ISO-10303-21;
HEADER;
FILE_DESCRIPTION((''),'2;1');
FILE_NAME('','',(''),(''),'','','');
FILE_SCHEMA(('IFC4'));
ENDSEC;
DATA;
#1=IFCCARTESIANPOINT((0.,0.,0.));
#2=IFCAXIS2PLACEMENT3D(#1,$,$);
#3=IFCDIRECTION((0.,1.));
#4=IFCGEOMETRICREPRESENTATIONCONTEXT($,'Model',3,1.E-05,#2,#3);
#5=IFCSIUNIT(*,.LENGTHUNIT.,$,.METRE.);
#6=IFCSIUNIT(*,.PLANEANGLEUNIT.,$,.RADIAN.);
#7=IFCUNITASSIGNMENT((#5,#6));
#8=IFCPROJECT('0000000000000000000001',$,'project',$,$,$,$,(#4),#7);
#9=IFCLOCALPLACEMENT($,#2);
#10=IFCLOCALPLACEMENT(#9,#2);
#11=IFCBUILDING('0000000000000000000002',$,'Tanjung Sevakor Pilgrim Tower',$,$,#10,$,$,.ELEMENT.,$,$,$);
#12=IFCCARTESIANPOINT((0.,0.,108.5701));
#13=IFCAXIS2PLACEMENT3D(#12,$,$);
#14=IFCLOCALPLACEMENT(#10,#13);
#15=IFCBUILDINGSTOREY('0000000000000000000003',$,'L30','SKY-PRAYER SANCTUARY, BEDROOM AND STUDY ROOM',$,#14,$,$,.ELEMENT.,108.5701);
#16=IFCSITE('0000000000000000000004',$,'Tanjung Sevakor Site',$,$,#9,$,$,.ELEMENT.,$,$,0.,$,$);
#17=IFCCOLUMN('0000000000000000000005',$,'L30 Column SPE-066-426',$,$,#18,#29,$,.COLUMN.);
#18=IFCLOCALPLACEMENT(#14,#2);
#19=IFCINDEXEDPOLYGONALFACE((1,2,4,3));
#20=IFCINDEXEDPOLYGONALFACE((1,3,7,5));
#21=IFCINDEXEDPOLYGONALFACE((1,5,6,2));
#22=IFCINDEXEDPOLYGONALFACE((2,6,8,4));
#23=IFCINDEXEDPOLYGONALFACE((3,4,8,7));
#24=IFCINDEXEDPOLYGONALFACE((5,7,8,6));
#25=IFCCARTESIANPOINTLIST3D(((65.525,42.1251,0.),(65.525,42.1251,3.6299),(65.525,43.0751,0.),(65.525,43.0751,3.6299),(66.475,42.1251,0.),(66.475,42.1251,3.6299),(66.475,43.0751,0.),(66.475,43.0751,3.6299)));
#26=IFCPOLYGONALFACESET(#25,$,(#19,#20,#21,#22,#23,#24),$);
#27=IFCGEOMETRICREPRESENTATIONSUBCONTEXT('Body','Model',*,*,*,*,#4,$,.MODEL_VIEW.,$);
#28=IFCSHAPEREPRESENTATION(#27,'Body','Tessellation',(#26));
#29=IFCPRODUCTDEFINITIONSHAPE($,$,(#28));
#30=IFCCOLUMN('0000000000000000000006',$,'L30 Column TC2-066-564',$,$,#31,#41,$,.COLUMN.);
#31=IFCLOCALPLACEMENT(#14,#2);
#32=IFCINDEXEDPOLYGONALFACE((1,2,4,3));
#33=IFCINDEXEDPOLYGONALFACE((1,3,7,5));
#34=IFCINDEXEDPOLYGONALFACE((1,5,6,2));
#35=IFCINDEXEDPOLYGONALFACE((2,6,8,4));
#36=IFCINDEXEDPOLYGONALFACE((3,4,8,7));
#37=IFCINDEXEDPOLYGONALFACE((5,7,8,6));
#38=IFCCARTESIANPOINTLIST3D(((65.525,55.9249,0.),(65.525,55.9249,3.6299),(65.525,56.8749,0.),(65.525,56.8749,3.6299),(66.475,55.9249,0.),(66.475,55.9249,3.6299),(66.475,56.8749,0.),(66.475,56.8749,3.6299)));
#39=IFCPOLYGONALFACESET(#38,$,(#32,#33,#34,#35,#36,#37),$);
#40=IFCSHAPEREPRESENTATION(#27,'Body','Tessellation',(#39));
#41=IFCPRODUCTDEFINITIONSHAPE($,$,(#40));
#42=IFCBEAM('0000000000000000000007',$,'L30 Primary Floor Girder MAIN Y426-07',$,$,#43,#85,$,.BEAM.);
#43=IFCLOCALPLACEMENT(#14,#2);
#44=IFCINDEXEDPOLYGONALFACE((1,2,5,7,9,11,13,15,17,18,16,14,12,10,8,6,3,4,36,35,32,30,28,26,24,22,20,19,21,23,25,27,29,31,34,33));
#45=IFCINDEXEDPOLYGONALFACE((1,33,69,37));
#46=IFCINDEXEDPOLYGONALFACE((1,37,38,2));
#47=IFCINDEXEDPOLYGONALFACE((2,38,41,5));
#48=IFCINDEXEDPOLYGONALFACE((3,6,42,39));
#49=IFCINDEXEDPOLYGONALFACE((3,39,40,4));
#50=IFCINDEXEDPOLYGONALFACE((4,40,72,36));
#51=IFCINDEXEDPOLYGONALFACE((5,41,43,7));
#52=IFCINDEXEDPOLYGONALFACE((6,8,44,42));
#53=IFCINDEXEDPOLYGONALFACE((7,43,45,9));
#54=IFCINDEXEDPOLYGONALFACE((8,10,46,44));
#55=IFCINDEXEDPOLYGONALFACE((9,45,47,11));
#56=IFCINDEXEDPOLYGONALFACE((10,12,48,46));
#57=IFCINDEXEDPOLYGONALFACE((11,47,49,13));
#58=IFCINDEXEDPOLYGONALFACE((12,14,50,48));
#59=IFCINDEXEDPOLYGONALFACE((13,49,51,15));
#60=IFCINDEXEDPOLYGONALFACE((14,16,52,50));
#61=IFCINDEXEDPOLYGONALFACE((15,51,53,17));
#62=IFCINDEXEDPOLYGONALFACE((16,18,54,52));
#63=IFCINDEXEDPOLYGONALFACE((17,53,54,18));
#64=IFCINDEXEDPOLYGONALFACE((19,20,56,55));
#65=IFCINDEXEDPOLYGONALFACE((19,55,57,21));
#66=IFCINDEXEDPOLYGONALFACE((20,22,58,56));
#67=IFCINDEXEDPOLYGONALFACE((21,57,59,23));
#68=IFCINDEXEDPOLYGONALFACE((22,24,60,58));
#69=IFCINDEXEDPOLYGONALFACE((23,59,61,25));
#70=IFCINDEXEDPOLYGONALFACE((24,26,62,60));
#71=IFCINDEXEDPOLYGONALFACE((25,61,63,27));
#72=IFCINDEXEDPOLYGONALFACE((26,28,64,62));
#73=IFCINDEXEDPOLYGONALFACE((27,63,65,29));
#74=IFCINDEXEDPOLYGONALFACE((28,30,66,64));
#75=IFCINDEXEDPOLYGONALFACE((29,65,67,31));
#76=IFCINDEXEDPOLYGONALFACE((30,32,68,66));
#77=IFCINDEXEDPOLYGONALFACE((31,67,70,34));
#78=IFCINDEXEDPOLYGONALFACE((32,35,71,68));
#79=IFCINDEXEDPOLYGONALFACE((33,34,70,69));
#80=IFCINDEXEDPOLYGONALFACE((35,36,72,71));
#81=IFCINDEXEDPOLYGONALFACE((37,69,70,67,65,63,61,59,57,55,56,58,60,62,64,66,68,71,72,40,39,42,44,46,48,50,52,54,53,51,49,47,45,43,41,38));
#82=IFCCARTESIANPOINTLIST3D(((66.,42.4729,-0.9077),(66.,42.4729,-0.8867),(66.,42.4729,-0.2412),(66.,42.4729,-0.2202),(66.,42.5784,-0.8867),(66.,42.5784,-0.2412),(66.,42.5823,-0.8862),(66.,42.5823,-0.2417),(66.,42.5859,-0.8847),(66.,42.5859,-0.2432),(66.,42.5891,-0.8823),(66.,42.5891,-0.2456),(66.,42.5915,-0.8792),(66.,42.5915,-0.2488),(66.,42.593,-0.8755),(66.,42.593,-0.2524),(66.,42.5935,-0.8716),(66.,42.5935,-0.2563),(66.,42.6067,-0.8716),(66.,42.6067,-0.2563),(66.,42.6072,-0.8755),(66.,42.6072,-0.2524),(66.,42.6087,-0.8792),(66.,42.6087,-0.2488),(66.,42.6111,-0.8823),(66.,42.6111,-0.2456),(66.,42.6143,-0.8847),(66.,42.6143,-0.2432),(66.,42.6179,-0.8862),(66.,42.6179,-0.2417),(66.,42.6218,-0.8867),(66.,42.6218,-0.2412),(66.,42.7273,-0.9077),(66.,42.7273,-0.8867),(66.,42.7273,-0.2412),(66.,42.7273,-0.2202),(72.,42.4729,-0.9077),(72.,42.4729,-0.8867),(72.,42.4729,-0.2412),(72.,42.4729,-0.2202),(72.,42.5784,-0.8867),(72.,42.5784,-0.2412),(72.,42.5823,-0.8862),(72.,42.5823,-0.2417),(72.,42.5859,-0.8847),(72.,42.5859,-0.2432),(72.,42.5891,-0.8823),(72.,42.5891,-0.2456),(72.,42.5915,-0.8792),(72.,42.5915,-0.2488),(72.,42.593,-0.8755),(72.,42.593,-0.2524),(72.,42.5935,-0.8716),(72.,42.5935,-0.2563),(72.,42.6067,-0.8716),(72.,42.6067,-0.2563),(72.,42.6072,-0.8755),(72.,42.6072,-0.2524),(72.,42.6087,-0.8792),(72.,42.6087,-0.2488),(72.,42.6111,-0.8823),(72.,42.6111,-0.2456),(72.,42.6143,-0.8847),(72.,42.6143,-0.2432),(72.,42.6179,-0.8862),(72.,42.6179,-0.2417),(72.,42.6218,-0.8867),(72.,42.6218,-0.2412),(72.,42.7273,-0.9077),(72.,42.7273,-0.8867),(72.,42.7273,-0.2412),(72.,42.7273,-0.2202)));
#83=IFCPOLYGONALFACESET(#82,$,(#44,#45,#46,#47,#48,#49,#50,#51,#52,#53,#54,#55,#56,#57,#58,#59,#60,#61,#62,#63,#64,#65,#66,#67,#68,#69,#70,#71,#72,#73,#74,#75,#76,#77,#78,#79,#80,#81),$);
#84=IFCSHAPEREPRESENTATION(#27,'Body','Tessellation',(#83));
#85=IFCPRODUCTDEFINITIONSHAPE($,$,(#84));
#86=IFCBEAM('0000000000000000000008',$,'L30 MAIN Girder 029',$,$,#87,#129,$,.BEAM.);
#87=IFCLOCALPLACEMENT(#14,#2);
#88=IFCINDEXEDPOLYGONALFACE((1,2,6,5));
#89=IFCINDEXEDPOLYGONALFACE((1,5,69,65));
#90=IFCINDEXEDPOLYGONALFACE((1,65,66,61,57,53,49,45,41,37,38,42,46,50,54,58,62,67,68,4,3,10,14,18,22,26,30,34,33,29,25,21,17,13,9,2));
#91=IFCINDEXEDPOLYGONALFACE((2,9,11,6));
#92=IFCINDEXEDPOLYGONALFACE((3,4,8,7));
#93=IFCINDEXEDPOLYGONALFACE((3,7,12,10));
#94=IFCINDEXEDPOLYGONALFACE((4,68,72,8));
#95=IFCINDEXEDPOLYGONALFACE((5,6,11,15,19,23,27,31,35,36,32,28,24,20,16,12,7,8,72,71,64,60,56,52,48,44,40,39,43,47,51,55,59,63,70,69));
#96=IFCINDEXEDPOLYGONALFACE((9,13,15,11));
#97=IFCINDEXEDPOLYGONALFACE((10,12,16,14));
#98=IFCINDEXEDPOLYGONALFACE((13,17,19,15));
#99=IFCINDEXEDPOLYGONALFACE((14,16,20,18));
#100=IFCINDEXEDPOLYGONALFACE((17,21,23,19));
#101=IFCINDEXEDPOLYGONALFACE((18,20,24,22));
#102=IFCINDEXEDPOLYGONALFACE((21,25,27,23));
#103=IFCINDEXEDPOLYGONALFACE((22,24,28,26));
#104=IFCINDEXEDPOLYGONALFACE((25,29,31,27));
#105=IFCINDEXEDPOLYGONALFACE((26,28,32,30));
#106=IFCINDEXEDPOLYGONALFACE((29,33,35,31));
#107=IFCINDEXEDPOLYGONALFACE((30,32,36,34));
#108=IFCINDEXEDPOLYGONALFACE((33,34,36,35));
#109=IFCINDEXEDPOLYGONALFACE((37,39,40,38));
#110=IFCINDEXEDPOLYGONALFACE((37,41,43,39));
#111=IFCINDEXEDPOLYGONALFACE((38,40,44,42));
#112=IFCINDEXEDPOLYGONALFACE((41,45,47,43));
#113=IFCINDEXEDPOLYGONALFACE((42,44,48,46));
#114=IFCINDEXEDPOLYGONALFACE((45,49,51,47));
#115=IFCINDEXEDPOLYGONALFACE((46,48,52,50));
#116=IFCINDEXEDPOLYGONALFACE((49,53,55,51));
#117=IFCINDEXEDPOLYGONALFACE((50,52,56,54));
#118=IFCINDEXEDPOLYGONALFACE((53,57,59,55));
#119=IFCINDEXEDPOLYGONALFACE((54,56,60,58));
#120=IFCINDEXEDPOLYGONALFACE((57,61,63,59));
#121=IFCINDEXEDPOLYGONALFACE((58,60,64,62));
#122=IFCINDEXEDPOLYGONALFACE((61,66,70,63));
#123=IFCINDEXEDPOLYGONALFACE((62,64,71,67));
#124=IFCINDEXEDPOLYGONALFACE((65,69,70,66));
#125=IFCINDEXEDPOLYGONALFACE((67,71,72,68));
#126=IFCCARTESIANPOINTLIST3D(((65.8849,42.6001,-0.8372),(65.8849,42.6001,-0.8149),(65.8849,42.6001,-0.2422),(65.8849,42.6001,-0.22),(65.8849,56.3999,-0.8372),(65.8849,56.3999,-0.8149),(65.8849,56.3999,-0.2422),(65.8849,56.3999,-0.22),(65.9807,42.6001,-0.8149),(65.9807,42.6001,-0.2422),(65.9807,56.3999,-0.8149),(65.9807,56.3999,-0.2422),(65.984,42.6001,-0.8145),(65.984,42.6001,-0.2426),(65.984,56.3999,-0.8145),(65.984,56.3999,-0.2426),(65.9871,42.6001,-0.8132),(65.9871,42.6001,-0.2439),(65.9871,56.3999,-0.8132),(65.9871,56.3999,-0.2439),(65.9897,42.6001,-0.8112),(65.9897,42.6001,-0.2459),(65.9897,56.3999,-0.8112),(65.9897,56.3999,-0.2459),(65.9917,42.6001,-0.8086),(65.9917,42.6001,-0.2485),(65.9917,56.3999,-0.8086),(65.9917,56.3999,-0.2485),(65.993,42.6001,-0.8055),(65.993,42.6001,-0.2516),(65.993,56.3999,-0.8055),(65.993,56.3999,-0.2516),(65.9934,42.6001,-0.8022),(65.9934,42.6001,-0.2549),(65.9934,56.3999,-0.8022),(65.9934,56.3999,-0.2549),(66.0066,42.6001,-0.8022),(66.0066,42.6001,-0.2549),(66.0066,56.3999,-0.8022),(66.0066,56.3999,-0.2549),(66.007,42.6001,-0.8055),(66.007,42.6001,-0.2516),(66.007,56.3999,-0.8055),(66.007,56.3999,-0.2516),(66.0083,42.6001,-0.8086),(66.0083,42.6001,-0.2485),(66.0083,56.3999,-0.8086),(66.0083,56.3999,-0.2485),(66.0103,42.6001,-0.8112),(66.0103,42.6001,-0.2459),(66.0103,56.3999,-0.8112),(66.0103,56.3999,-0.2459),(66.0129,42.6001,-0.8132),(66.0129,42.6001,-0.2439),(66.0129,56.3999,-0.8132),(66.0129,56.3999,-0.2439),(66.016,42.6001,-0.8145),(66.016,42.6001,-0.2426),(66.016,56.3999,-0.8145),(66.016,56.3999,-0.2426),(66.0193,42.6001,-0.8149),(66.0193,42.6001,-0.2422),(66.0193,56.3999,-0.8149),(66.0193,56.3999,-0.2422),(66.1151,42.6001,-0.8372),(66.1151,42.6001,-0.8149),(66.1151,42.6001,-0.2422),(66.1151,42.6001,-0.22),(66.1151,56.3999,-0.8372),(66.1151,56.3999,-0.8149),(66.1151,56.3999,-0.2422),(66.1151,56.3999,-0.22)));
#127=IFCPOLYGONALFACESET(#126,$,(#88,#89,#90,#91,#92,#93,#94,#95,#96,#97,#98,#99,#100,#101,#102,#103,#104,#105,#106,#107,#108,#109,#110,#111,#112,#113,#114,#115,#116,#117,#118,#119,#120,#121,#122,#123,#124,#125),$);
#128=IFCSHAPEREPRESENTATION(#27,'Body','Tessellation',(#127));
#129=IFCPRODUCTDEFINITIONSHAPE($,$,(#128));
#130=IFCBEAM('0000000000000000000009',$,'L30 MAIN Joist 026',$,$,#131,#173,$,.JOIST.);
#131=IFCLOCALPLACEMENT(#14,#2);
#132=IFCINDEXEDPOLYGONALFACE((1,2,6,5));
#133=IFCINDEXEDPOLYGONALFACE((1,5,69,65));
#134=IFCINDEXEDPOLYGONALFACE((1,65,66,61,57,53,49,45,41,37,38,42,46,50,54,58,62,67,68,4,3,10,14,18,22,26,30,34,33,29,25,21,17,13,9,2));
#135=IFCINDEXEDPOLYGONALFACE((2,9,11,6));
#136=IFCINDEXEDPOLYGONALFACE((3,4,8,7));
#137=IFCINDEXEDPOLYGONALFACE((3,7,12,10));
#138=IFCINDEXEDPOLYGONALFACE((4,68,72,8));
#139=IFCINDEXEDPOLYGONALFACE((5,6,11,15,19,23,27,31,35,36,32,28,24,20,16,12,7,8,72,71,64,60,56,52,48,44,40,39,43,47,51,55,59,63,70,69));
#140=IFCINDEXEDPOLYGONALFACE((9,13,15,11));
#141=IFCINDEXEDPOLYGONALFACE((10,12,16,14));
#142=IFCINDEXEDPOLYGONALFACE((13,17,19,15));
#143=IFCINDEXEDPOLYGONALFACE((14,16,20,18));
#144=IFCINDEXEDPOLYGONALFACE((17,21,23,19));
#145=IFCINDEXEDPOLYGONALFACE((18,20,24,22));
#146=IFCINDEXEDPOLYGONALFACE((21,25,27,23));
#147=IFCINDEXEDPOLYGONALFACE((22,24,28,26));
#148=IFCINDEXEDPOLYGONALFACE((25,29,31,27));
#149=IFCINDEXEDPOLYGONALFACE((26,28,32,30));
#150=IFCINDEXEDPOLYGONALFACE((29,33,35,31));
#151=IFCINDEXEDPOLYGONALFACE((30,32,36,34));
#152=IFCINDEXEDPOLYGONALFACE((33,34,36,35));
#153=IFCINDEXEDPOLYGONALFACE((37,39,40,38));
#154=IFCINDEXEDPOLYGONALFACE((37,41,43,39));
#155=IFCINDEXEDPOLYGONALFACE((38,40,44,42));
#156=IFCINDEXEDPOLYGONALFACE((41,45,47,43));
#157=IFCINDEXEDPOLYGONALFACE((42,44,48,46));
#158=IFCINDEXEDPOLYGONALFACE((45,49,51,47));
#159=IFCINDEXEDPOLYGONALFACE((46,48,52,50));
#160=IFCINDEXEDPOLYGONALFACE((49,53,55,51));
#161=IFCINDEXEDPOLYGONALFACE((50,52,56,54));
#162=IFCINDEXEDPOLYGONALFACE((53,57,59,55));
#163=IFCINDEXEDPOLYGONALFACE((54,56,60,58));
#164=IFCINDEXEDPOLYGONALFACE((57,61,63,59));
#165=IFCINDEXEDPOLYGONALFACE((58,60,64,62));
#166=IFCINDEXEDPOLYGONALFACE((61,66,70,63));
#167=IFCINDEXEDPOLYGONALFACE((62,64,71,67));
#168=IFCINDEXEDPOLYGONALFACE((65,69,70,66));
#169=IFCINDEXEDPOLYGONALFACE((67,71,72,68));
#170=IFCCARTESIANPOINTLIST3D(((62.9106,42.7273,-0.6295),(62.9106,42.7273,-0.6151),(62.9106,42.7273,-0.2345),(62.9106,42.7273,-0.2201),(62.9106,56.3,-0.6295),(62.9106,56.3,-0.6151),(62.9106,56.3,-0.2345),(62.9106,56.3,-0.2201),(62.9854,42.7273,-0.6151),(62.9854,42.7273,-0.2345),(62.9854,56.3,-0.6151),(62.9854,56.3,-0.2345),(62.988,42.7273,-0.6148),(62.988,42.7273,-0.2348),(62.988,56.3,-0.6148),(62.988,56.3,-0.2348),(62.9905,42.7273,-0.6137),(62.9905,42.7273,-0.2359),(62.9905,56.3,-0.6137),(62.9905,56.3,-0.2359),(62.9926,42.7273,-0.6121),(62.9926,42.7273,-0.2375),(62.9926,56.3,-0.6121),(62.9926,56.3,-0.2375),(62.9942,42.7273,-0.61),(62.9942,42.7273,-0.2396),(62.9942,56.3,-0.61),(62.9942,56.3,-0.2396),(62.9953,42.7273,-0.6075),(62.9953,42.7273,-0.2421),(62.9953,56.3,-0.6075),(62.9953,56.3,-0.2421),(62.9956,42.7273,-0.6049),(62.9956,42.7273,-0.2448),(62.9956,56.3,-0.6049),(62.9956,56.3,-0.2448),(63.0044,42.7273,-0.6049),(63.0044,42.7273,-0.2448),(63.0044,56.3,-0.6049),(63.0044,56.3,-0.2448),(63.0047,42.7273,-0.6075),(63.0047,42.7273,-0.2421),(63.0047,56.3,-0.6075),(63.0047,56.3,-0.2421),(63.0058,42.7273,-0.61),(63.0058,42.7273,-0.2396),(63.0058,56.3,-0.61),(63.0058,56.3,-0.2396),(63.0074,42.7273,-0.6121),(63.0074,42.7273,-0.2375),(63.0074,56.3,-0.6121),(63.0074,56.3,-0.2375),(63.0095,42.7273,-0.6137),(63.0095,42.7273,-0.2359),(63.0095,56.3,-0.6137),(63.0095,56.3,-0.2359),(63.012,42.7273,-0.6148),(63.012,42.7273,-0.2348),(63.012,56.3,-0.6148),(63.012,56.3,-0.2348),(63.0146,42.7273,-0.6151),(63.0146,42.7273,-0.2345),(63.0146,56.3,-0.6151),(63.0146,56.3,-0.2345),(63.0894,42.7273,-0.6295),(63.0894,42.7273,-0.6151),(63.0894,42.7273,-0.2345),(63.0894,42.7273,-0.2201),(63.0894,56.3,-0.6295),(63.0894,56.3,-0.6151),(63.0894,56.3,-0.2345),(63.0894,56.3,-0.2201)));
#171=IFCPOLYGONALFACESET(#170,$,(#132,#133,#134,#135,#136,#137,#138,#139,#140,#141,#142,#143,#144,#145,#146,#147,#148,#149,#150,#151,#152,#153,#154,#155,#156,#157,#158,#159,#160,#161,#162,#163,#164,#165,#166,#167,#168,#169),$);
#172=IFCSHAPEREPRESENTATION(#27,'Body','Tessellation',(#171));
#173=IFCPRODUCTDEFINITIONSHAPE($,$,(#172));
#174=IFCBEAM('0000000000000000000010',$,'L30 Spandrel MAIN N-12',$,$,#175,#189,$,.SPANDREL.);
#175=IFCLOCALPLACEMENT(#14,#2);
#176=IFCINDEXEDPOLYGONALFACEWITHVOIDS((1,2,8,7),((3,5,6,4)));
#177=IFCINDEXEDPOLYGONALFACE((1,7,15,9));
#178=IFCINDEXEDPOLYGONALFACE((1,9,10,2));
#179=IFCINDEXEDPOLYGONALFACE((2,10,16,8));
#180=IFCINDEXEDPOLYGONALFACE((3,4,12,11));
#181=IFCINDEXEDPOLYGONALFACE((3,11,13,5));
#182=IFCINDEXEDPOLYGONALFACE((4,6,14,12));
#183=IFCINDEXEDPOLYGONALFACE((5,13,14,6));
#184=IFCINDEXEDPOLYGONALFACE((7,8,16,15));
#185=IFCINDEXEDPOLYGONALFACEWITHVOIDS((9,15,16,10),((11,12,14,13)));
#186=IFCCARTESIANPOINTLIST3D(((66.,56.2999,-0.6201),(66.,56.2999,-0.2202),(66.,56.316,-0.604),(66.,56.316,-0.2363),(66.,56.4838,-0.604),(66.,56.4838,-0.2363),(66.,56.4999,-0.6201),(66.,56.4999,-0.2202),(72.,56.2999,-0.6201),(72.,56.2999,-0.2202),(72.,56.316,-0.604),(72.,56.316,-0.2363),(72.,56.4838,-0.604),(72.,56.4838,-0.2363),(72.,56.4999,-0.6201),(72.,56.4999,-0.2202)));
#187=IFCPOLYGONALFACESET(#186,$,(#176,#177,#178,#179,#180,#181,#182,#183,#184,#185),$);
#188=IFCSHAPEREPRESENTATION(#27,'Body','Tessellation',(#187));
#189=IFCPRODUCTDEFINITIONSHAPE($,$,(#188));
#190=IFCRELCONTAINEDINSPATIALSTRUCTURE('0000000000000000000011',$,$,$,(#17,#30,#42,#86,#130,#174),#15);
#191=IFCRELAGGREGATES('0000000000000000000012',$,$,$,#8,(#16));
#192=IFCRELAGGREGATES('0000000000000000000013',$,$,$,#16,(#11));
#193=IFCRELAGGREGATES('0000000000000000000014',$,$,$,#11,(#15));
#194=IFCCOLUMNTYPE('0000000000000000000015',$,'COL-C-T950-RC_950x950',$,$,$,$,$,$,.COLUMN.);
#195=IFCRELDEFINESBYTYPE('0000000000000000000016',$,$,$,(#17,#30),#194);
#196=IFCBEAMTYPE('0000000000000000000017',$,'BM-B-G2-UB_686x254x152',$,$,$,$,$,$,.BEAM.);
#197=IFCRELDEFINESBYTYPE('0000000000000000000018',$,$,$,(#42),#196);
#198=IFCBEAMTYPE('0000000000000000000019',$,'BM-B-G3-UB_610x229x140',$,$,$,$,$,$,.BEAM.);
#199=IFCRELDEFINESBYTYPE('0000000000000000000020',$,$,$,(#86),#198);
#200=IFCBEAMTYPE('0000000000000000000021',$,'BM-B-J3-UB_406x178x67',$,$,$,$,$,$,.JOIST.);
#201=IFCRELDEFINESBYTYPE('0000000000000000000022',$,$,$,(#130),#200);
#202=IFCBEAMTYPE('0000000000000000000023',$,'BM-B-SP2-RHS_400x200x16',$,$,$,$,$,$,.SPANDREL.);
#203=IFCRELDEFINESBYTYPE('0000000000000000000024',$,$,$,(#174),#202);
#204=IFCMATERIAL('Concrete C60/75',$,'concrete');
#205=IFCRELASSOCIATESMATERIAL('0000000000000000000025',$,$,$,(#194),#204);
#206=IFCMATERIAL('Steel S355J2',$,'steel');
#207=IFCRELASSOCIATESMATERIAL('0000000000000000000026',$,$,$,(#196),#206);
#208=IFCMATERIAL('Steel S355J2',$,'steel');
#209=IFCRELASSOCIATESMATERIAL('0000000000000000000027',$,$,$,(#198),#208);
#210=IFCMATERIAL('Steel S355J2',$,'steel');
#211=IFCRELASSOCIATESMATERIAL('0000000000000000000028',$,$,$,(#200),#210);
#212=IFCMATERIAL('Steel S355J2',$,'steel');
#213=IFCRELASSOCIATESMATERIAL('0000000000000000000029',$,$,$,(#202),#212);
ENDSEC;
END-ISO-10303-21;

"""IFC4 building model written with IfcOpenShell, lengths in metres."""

from ifc_helpers import new_model, si_unit, direction, frame, origin, origin_2d, place, context, subcontext, project, spatial, rectangle, hollow_rectangle, i_section, extrude, material, material_profile, profile_set, type_object, element, save


model = new_model("IFC4")

# Units and contexts
model_context = context("Model", 3, precision=1e-05, world=origin(), true_north=direction((0.0, 1.0)))
body_context = subcontext(model_context, "Body", "Model", "MODEL_VIEW")
ifc_project = project(units=[si_unit("LENGTHUNIT", "METRE"), si_unit("PLANEANGLEUNIT", "RADIAN")], contexts=[model_context])

# Site, building, storey
site_placement = place(None, origin())
site = spatial("IfcSite", under=ifc_project, at=site_placement, Name="Tanjung Sevakor Site", CompositionType="ELEMENT", RefElevation=0.0)
building_placement = place(site_placement, origin())
building = spatial("IfcBuilding", under=site, at=building_placement, Name="Tanjung Sevakor Pilgrim Tower", CompositionType="ELEMENT")
storey_placement = place(building_placement, frame((0.0, 0.0, 108.5701)))
storey = spatial("IfcBuildingStorey", under=building, at=storey_placement, Name="L30", Description="SKY-PRAYER SANCTUARY, BEDROOM AND STUDY ROOM", CompositionType="ELEMENT", Elevation=108.5701)

# Columns
ifc_material_1 = material(Name="Concrete C60/75", Category="concrete")
ifc_material_profile_1 = material_profile(ifc_material_1, rectangle(XDim=0.95, YDim=0.95, at=origin_2d()))
ifc_profile_set_1 = profile_set([ifc_material_profile_1], Name="Concrete C60/75")
column_type = type_object("IfcColumnType", Name="COL-C-T950-RC_950x950", PredefinedType="COLUMN", material=ifc_profile_set_1)
for number, where, z_axis, x_axis, name in (
    (1, (66.0, 42.6001, 0.0), (0.0, 0.0, 1.0), (1.0, 0.0, 0.0), "L30 Column SPE-066-426"),
    (2, (66.0, 56.3999, 0.0), (0.0, 0.0, 1.0), (1.0, 0.0, 0.0), "L30 Column TC2-066-564"),
):
    element("IfcColumn", number, at=place(storey_placement, frame(where, z_axis=z_axis, x_axis=x_axis)), inside=storey, type_object=column_type, Name=name, PredefinedType="COLUMN", context=body_context, shape_type="SweptSolid", body=[
        extrude(rectangle(XDim=0.95, YDim=0.95, at=origin_2d()), origin(), (0.0, 0.0, 1.0), 3.6299),
    ])

# Beams
ifc_material_2 = material(Name="Steel S355J2", Category="steel")
ifc_material_profile_2 = material_profile(ifc_material_2, i_section(OverallWidth=0.2544, OverallDepth=0.6875, WebThickness=0.0132, FlangeThickness=0.021, FilletRadius=0.0151, at=origin_2d()))
ifc_profile_set_2 = profile_set([ifc_material_profile_2], Name="Steel S355J2")
beam_type_1 = type_object("IfcBeamType", Name="BM-B-G2-UB_686x254x152", PredefinedType="BEAM", material=ifc_profile_set_2)
beam_1_placement = place(storey_placement, frame((66.0, 42.6001, -0.564), z_axis=(1.0, 0.0, 0.0), x_axis=(0.0, 1.0, 0.0)))
element("IfcBeam", 3, at=beam_1_placement, inside=storey, type_object=beam_type_1, Name="L30 Primary Floor Girder MAIN Y426-07", PredefinedType="BEAM", context=body_context, shape_type="SweptSolid", body=[
    extrude(i_section(OverallWidth=0.2544, OverallDepth=0.6875, WebThickness=0.0132, FlangeThickness=0.021, FilletRadius=0.0151, at=origin_2d()), origin(), (0.0, 0.0, 1.0), 6.0),
])
ifc_material_3 = material(Name="Steel S355J2", Category="steel")
ifc_material_profile_3 = material_profile(ifc_material_3, i_section(OverallWidth=0.2302, OverallDepth=0.6172, WebThickness=0.0132, FlangeThickness=0.0222, FilletRadius=0.0127, at=origin_2d()))
ifc_profile_set_3 = profile_set([ifc_material_profile_3], Name="Steel S355J2")
beam_type_2 = type_object("IfcBeamType", Name="BM-B-G3-UB_610x229x140", PredefinedType="BEAM", material=ifc_profile_set_3)
beam_2_placement = place(storey_placement, frame((66.0, 42.6001, -0.5286), z_axis=(0.0, 1.0, 0.0), x_axis=(-1.0, 0.0, 0.0)))
element("IfcBeam", 4, at=beam_2_placement, inside=storey, type_object=beam_type_2, Name="L30 MAIN Girder 029", PredefinedType="BEAM", context=body_context, shape_type="SweptSolid", body=[
    extrude(i_section(OverallWidth=0.2302, OverallDepth=0.6172, WebThickness=0.0132, FlangeThickness=0.0222, FilletRadius=0.0127, at=origin_2d()), origin(), (0.0, 0.0, 1.0), 13.7998),
])
ifc_material_4 = material(Name="Steel S355J2", Category="steel")
ifc_material_profile_4 = material_profile(ifc_material_4, i_section(OverallWidth=0.1787, OverallDepth=0.4094, WebThickness=0.0088, FlangeThickness=0.0144, FilletRadius=0.0103, at=origin_2d()))
ifc_profile_set_4 = profile_set([ifc_material_profile_4], Name="Steel S355J2")
beam_type_3 = type_object("IfcBeamType", Name="BM-B-J3-UB_406x178x67", PredefinedType="JOIST", material=ifc_profile_set_4)
beam_3_placement = place(storey_placement, frame((63.0, 42.7273, -0.4248), z_axis=(0.0, 1.0, 0.0), x_axis=(-1.0, 0.0, 0.0)))
element("IfcBeam", 5, at=beam_3_placement, inside=storey, type_object=beam_type_3, Name="L30 MAIN Joist 026", PredefinedType="JOIST", context=body_context, shape_type="SweptSolid", body=[
    extrude(i_section(OverallWidth=0.1787, OverallDepth=0.4094, WebThickness=0.0088, FlangeThickness=0.0144, FilletRadius=0.0103, at=origin_2d()), origin(), (0.0, 0.0, 1.0), 13.5728),
])
ifc_material_5 = material(Name="Steel S355J2", Category="steel")
ifc_material_profile_5 = material_profile(ifc_material_5, hollow_rectangle(XDim=0.2, YDim=0.3999, WallThickness=0.0161, at=origin_2d()))
ifc_profile_set_5 = profile_set([ifc_material_profile_5], Name="Steel S355J2")
beam_type_4 = type_object("IfcBeamType", Name="BM-B-SP2-RHS_400x200x16", PredefinedType="SPANDREL", material=ifc_profile_set_5)
beam_4_placement = place(storey_placement, frame((66.0, 56.3999, -0.4202), z_axis=(1.0, 0.0, 0.0), x_axis=(0.0, 1.0, 0.0)))
element("IfcBeam", 6, at=beam_4_placement, inside=storey, type_object=beam_type_4, Name="L30 Spandrel MAIN N-12", PredefinedType="SPANDREL", context=body_context, shape_type="SweptSolid", body=[
    extrude(hollow_rectangle(XDim=0.2, YDim=0.3999, WallThickness=0.0161, at=origin_2d()), origin(), (0.0, 0.0, 1.0), 6.0),
])

save(model, "model.ifc")
